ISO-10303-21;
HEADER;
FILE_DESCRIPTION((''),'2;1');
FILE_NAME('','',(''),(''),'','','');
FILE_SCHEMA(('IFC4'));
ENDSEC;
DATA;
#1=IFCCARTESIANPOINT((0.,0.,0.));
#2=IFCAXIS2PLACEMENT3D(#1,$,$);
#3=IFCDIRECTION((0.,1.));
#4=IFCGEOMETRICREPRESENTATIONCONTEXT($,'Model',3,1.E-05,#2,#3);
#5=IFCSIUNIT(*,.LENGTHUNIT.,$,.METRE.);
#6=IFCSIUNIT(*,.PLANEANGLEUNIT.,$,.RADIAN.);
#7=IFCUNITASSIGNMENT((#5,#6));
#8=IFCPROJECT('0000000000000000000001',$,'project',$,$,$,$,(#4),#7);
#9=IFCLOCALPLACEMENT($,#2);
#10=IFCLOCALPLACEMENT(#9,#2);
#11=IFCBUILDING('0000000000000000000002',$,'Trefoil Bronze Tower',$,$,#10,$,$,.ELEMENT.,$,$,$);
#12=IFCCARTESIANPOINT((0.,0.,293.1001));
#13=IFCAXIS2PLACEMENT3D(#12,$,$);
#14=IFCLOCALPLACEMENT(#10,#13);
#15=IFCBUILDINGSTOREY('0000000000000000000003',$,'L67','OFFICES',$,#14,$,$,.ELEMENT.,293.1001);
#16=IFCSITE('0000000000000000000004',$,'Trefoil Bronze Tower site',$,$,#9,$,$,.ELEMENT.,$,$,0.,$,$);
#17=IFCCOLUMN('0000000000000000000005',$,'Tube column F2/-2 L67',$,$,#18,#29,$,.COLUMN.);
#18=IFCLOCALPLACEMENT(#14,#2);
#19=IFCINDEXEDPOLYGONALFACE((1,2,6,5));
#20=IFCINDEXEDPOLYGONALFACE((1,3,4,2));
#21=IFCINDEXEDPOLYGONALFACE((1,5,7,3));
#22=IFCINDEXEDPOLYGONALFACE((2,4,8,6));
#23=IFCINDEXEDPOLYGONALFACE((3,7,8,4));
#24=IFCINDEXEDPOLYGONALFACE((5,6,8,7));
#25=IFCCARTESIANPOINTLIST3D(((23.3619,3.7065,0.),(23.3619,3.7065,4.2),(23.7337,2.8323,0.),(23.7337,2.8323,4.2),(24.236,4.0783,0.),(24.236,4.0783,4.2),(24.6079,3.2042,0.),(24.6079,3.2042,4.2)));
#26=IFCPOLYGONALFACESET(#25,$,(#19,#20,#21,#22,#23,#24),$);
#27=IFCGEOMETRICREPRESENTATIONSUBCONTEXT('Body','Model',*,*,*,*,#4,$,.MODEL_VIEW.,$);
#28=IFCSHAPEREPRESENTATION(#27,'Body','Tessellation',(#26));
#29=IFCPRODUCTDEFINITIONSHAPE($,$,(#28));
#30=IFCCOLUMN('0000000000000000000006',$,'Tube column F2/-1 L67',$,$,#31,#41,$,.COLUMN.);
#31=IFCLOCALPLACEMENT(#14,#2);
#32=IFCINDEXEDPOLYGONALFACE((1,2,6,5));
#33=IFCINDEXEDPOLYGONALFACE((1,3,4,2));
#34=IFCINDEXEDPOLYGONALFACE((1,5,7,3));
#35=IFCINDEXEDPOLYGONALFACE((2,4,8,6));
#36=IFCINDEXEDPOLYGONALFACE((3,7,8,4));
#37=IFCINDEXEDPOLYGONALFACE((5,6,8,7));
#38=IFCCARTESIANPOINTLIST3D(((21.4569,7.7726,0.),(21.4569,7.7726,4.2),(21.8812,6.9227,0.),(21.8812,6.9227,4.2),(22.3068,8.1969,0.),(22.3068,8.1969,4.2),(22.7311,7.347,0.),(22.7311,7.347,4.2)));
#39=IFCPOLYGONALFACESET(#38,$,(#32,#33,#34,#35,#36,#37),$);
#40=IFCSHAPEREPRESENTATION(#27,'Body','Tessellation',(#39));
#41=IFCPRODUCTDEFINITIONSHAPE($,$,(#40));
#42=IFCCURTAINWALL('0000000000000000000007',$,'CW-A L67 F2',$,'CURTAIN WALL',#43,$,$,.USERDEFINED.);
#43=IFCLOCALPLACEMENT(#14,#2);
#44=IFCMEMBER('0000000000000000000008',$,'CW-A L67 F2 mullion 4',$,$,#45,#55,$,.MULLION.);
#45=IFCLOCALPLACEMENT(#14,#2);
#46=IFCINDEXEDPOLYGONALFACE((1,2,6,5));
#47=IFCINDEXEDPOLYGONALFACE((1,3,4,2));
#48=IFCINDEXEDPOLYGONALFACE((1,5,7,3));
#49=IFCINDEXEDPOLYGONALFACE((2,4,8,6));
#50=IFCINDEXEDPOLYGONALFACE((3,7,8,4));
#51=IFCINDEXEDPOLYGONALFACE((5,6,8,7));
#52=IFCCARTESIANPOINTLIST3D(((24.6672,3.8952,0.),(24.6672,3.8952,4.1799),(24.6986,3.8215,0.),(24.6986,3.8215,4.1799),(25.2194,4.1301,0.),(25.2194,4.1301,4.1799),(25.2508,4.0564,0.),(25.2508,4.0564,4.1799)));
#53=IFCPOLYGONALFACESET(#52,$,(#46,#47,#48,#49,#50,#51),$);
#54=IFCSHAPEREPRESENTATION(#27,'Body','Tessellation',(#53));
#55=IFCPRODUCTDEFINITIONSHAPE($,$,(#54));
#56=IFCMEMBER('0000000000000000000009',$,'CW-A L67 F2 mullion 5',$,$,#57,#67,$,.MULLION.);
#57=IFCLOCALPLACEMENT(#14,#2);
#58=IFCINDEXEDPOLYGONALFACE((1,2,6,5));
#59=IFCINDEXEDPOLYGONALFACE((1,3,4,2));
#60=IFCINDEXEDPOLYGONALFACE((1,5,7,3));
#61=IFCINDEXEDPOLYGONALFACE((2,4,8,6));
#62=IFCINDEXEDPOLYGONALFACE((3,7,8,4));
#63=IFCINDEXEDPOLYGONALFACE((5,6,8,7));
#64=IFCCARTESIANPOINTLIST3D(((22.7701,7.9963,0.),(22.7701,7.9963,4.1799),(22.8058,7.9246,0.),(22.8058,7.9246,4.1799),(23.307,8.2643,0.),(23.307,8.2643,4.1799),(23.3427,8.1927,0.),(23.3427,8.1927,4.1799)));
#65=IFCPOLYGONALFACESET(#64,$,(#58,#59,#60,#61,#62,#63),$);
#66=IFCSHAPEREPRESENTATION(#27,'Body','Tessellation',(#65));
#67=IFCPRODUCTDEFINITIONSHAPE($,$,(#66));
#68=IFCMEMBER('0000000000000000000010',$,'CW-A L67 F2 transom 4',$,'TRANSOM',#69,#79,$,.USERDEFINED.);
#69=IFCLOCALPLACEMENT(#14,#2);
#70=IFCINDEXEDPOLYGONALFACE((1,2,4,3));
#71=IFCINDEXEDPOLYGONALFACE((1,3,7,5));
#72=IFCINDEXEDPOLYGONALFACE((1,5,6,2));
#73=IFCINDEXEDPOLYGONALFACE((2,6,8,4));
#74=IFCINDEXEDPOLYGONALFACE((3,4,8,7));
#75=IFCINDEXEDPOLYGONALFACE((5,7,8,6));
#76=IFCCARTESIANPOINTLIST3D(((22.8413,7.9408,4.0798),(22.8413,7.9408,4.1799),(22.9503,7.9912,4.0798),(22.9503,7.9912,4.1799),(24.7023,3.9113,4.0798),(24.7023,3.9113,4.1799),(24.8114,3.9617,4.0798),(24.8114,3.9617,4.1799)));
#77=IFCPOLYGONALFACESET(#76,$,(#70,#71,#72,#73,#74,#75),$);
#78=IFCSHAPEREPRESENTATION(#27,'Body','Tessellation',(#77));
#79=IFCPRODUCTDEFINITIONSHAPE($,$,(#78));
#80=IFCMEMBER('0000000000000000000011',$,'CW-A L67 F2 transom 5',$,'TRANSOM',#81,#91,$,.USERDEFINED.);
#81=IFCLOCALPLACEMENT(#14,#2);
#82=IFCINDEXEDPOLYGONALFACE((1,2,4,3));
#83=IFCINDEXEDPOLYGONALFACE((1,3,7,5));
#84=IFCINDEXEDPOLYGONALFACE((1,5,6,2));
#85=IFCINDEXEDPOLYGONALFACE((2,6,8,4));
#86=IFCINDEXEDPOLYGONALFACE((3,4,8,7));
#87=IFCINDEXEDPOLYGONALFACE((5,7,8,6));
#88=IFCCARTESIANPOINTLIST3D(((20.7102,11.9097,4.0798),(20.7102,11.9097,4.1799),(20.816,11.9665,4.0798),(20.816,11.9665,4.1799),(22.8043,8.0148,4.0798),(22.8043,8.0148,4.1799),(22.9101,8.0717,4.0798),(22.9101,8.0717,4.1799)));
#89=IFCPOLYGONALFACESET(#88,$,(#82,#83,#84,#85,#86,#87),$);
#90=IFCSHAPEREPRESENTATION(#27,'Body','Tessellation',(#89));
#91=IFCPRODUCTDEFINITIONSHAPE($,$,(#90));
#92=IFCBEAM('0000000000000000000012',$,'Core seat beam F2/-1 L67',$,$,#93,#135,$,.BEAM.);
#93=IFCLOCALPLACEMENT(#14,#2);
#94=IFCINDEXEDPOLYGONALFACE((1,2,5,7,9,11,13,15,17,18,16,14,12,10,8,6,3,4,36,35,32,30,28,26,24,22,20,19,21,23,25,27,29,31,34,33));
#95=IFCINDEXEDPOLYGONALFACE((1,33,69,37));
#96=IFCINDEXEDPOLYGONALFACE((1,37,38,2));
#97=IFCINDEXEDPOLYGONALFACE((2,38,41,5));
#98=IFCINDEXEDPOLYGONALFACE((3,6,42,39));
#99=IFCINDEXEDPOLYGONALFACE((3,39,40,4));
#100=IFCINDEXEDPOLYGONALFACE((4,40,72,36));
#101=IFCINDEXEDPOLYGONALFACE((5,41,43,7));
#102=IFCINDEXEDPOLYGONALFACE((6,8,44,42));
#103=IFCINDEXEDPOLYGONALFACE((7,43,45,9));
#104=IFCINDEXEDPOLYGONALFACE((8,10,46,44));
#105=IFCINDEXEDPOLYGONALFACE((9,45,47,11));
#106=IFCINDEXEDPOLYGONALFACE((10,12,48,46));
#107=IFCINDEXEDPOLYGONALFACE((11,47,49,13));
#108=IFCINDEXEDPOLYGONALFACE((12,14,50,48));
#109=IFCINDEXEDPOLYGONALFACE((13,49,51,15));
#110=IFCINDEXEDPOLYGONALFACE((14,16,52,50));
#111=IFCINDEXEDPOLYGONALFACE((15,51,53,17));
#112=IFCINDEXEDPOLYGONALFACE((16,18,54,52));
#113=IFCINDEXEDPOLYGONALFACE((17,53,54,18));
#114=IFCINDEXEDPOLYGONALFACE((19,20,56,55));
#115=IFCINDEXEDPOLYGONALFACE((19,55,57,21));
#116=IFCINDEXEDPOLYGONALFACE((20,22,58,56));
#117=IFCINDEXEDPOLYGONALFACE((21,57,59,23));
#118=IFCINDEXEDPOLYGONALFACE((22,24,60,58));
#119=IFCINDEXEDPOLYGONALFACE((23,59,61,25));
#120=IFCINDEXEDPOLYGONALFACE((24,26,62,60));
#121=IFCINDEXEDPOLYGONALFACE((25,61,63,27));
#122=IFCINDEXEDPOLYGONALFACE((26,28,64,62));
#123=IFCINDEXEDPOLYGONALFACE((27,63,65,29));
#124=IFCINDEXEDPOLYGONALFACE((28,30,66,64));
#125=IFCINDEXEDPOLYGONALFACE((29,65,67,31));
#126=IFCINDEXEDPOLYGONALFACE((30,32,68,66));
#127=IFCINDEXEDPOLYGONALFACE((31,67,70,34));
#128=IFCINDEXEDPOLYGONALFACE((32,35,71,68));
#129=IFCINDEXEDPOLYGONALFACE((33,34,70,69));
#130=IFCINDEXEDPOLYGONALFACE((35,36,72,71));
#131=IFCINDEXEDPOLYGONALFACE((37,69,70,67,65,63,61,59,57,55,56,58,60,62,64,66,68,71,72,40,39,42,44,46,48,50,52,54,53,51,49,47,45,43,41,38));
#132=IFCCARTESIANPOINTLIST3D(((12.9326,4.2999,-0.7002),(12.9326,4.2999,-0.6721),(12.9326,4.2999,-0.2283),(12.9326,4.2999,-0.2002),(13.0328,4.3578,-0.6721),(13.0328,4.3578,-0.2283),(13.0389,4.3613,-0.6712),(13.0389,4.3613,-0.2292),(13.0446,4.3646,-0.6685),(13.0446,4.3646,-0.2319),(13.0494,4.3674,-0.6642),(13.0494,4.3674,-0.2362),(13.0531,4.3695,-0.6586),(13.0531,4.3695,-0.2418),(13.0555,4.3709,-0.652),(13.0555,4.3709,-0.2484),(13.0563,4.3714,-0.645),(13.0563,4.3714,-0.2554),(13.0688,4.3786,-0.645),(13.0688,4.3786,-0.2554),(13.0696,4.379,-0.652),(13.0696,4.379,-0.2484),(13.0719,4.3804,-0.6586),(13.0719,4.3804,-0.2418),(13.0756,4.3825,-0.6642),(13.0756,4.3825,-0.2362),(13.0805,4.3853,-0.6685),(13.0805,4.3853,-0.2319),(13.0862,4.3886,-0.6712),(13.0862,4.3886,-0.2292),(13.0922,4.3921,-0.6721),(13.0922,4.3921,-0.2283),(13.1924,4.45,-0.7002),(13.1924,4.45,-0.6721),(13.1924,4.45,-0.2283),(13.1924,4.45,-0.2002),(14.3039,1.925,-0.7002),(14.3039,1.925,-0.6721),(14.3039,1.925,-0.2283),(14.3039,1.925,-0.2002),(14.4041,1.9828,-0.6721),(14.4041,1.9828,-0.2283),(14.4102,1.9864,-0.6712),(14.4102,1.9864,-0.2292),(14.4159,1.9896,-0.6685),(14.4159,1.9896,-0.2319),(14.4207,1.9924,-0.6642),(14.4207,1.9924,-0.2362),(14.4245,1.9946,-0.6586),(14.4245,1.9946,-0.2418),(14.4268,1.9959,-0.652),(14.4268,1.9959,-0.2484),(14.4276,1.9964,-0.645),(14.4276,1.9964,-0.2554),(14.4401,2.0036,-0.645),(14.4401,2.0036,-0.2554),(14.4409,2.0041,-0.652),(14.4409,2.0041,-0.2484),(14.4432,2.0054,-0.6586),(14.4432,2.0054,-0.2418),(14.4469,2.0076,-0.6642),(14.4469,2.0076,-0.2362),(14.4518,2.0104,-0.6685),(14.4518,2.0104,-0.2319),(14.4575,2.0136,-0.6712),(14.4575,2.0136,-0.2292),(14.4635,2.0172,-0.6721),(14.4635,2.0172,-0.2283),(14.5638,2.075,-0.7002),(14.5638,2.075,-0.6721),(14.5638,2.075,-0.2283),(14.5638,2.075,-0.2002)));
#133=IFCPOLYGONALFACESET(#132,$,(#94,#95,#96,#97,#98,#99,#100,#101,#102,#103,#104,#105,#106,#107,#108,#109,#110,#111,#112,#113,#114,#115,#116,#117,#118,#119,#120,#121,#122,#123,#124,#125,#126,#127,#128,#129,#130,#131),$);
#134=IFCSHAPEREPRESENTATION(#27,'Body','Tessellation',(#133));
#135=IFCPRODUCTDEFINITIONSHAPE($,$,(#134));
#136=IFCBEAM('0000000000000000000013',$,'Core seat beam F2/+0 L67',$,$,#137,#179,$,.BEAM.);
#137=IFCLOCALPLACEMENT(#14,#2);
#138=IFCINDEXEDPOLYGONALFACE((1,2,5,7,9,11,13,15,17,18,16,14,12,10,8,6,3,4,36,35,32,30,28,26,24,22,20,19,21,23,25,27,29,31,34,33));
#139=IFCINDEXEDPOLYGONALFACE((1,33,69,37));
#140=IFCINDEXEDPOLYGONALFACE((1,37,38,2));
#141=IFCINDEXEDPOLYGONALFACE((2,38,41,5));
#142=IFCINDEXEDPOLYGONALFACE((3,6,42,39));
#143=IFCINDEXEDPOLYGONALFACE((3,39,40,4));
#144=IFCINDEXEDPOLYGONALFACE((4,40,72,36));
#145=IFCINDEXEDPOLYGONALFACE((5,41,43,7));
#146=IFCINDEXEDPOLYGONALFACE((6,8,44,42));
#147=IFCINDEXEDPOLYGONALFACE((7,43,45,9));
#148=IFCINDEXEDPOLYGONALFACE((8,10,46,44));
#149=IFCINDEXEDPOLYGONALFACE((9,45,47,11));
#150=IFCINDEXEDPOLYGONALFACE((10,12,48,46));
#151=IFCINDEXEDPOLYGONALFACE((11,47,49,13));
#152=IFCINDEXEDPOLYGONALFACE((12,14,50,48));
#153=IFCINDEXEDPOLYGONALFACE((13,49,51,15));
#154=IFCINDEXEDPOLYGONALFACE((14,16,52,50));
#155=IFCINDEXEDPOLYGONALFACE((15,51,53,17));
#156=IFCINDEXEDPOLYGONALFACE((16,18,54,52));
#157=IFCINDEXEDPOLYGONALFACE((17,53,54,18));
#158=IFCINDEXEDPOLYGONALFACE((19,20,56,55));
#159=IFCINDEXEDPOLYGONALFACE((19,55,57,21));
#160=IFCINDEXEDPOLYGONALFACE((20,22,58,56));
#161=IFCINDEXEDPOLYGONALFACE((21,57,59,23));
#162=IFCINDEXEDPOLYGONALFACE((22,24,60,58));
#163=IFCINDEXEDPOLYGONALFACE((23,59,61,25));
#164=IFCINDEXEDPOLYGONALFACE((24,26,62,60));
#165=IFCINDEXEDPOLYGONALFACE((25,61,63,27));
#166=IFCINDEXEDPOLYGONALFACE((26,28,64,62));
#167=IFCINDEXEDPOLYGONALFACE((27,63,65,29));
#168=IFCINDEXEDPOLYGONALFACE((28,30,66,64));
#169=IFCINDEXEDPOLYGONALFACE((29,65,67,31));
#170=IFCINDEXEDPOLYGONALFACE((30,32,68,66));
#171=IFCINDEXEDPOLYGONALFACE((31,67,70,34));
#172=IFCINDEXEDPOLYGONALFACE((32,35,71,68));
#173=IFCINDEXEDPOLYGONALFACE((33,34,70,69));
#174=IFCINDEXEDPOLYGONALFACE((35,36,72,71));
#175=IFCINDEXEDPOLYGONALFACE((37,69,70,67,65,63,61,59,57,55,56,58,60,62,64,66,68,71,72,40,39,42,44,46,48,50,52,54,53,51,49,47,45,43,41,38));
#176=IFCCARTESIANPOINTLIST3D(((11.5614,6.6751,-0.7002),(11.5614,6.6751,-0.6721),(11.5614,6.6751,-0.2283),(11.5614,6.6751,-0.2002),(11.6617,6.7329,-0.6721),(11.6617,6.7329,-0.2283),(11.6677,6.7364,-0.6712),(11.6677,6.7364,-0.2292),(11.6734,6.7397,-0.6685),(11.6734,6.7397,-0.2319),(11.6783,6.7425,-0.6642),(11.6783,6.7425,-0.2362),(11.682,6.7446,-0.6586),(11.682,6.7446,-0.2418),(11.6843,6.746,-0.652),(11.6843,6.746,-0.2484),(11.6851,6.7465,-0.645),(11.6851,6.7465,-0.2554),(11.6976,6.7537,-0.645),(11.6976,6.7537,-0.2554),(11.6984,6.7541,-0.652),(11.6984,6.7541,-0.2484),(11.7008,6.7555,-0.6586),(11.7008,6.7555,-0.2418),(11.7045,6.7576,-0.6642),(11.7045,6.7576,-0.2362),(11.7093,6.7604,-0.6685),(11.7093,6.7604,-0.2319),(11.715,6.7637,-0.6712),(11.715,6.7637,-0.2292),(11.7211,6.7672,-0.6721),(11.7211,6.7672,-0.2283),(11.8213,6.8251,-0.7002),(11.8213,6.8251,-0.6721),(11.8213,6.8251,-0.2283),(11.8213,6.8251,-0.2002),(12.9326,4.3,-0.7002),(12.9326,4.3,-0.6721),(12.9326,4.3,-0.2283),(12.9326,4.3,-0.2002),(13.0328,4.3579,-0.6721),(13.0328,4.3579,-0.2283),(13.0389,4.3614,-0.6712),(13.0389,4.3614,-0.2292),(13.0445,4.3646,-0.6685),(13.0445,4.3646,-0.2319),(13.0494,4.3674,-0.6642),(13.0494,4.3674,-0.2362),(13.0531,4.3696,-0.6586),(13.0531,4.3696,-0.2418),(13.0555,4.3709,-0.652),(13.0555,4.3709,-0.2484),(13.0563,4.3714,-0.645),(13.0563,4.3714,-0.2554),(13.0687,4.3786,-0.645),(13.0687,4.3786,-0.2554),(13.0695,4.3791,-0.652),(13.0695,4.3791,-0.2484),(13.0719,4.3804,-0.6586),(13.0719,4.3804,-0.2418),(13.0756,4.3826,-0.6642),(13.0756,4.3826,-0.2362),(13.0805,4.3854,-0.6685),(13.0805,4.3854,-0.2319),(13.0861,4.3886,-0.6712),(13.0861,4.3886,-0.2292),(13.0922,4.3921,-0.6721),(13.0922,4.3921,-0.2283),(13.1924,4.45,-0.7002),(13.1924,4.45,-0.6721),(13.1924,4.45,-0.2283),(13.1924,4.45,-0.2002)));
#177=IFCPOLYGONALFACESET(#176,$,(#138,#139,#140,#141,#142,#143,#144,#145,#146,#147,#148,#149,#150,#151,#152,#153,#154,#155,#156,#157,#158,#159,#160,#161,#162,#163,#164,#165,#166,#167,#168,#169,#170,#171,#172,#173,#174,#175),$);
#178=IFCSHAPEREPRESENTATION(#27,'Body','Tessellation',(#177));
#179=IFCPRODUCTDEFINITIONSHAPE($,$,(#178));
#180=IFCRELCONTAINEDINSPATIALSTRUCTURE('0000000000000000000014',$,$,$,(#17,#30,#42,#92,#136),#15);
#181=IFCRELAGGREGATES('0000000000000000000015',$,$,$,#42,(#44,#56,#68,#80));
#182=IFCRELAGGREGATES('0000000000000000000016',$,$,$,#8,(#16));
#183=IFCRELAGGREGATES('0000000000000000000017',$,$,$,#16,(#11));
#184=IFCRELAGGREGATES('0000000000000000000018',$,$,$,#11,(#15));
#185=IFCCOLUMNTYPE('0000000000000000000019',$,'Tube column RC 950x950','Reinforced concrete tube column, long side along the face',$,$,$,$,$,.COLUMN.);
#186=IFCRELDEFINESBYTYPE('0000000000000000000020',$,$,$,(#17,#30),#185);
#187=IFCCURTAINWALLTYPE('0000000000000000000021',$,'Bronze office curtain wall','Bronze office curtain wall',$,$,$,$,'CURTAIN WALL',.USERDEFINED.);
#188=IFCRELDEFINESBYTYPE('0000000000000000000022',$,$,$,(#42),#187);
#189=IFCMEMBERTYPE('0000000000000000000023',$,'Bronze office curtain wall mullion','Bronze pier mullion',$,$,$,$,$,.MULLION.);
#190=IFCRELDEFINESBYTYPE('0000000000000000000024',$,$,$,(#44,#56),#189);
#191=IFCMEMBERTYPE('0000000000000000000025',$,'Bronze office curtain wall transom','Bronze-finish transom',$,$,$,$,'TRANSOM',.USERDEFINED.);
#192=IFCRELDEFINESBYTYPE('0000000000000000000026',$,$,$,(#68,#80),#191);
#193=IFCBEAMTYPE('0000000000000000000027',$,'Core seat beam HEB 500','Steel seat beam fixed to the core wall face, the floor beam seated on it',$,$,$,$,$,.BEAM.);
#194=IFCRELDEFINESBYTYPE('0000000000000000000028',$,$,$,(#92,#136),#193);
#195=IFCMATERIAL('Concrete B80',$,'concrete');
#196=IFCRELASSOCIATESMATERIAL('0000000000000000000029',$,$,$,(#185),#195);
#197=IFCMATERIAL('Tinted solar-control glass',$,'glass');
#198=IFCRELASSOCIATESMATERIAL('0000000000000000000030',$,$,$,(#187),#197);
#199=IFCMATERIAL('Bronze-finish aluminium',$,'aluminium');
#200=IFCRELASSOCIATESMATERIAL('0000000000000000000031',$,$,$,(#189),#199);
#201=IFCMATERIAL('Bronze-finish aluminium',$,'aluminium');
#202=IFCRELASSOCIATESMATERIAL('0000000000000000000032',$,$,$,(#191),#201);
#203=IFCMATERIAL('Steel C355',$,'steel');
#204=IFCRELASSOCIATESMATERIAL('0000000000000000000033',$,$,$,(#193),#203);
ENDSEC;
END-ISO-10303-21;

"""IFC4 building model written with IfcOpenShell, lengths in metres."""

from ifc_helpers import new_model, si_unit, direction, frame, origin, origin_2d, place, context, subcontext, project, spatial, rectangle, i_section, extrude, material, material_profile, profile_set, type_object, element, aggregate, save


model = new_model("IFC4")

# Units and contexts
model_context = context("Model", 3, precision=1e-05, world=origin(), true_north=direction((0.0, 1.0)))
body_context = subcontext(model_context, "Body", "Model", "MODEL_VIEW")
ifc_project = project(units=[si_unit("LENGTHUNIT", "METRE"), si_unit("PLANEANGLEUNIT", "RADIAN")], contexts=[model_context])

# Site, building, storey
site_placement = place(None, origin())
site = spatial("IfcSite", under=ifc_project, at=site_placement, Name="Trefoil Bronze Tower site", CompositionType="ELEMENT", RefElevation=0.0)
building_placement = place(site_placement, origin())
building = spatial("IfcBuilding", under=site, at=building_placement, Name="Trefoil Bronze Tower", CompositionType="ELEMENT")
storey_placement = place(building_placement, frame((0.0, 0.0, 293.1001)))
storey = spatial("IfcBuildingStorey", under=building, at=storey_placement, Name="L67", Description="OFFICES", CompositionType="ELEMENT", Elevation=293.1001)

# Columns
ifc_material_1 = material(Name="Concrete B80", Category="concrete")
ifc_material_profile_1 = material_profile(ifc_material_1, rectangle(XDim=0.95, YDim=0.95, at=origin_2d()), Name="RC 950x950")
ifc_profile_set_1 = profile_set([ifc_material_profile_1], Name="Concrete B80")
column_type = type_object("IfcColumnType", Name="Tube column RC 950x950", Description="Reinforced concrete tube column, long side along the face", PredefinedType="COLUMN", material=ifc_profile_set_1)
for number, where, z_axis, x_axis, name in (
    (1, (23.9849, 3.4553, 0.0), (0.0, 0.0, 1.0), (-0.391436, 0.920205, 0.0), "Tube column F2/-2 L67"),
    (2, (22.094, 7.5598, 0.0), (0.0, 0.0, 1.0), (-0.446641, 0.894713, 0.0), "Tube column F2/-1 L67"),
):
    element("IfcColumn", number, at=place(storey_placement, frame(where, z_axis=z_axis, x_axis=x_axis)), inside=storey, type_object=column_type, Name=name, PredefinedType="COLUMN", context=body_context, shape_type="SweptSolid", body=[
        extrude(rectangle(XDim=0.95, YDim=0.95, at=origin_2d()), origin(), (0.0, 0.0, 1.0), 4.2),
    ])

# Curtain wall, members
ifc_material_2 = material(Name="Tinted solar-control glass", Category="glass")
curtain_wall_type = type_object("IfcCurtainWallType", Name="Bronze office curtain wall", Description="Bronze office curtain wall", ElementType="CURTAIN WALL", PredefinedType="USERDEFINED", material=ifc_material_2)
curtain_wall_placement = place(storey_placement, origin())
curtain_wall = element("IfcCurtainWall", 3, at=curtain_wall_placement, inside=storey, type_object=curtain_wall_type, Name="CW-A L67 F2", ObjectType="CURTAIN WALL", PredefinedType="USERDEFINED")
ifc_material_3 = material(Name="Bronze-finish aluminium", Category="aluminium")
ifc_material_profile_2 = material_profile(ifc_material_3, rectangle(XDim=0.6001, YDim=0.0801, at=origin_2d()), Name="CW-A mullion")
ifc_profile_set_2 = profile_set([ifc_material_profile_2], Name="Bronze-finish aluminium")
member_type_1 = type_object("IfcMemberType", Name="Bronze office curtain wall mullion", Description="Bronze pier mullion", PredefinedType="MULLION", material=ifc_profile_set_2)
member_1_placement = place(storey_placement, frame((24.959, 3.9758, 0.0), z_axis=(0.0, 0.0, 1.0), x_axis=(-0.920205, -0.391436, 0.0)))
member_1 = element("IfcMember", 4, at=member_1_placement, type_object=member_type_1, Name="CW-A L67 F2 mullion 4", PredefinedType="MULLION", context=body_context, shape_type="SweptSolid", body=[
    extrude(rectangle(XDim=0.6001, YDim=0.0801, at=origin_2d()), origin(), (0.0, 0.0, 1.0), 4.1799),
])
member_2_placement = place(storey_placement, frame((23.0564, 8.0945, 0.0), z_axis=(0.0, 0.0, 1.0), x_axis=(-0.894713, -0.446641, 0.0)))
member_2 = element("IfcMember", 5, at=member_2_placement, type_object=member_type_1, Name="CW-A L67 F2 mullion 5", PredefinedType="MULLION", context=body_context, shape_type="SweptSolid", body=[
    extrude(rectangle(XDim=0.6001, YDim=0.0801, at=origin_2d()), origin(), (0.0, 0.0, 1.0), 4.1799),
])
ifc_material_4 = material(Name="Bronze-finish aluminium", Category="aluminium")
ifc_material_profile_3 = material_profile(ifc_material_4, rectangle(XDim=0.1201, YDim=0.1001, at=origin_2d()), Name="CW-A transom")
ifc_profile_set_3 = profile_set([ifc_material_profile_3], Name="Bronze-finish aluminium")
member_type_2 = type_object("IfcMemberType", Name="Bronze office curtain wall transom", Description="Bronze-finish transom", ElementType="TRANSOM", PredefinedType="USERDEFINED", material=ifc_profile_set_3)
member_3_placement = place(storey_placement, frame((24.7568, 3.9365, 4.1299), z_axis=(-0.419299, 0.907848, 0.0), x_axis=(-0.907848, -0.419299, 0.0)))
member_3 = element("IfcMember", 6, at=member_3_placement, type_object=member_type_2, Name="CW-A L67 F2 transom 4", ObjectType="TRANSOM", PredefinedType="USERDEFINED", context=body_context, shape_type="SweptSolid", body=[
    extrude(rectangle(XDim=0.1201, YDim=0.1001, at=origin_2d()), origin(), (0.0, 0.0, 1.0), 4.4385),
])
member_4_placement = place(storey_placement, frame((22.8572, 8.0432, 4.1299), z_axis=(-0.47354, 0.880772, 0.0), x_axis=(-0.880772, -0.47354, 0.0)))
member_4 = element("IfcMember", 7, at=member_4_placement, type_object=member_type_2, Name="CW-A L67 F2 transom 5", ObjectType="TRANSOM", PredefinedType="USERDEFINED", context=body_context, shape_type="SweptSolid", body=[
    extrude(rectangle(XDim=0.1201, YDim=0.1001, at=origin_2d()), origin(), (0.0, 0.0, 1.0), 4.4221),
])

# Beams
ifc_material_5 = material(Name="Steel C355", Category="steel")
ifc_material_profile_4 = material_profile(ifc_material_5, i_section(OverallWidth=0.3, OverallDepth=0.5, WebThickness=0.0144, FlangeThickness=0.0281, FilletRadius=0.0271, at=origin_2d()), Name="HEB 500")
ifc_profile_set_4 = profile_set([ifc_material_profile_4], Name="Steel C355")
beam_type_1 = type_object("IfcBeamType", Name="Core seat beam HEB 500", Description="Steel seat beam fixed to the core wall face, the floor beam seated on it", PredefinedType="BEAM", material=ifc_profile_set_4)
for number, where, z_axis, x_axis, name in (
    (8, (14.4338, 2.0, -0.4502), (-0.500036, 0.866005, 0.0), (-0.866005, -0.500036, 0.0), "Core seat beam F2/-1 L67"),
    (9, (13.0625, 4.375, -0.4502), (-0.499969, 0.866043, 0.0), (-0.866043, -0.499969, 0.0), "Core seat beam F2/+0 L67"),
):
    element("IfcBeam", number, at=place(storey_placement, frame(where, z_axis=z_axis, x_axis=x_axis)), inside=storey, type_object=beam_type_1, Name=name, PredefinedType="BEAM", context=body_context, shape_type="SweptSolid", body=[
        extrude(i_section(OverallWidth=0.3, OverallDepth=0.5, WebThickness=0.0144, FlangeThickness=0.0281, FilletRadius=0.0271, at=origin_2d()), origin(), (0.0, 0.0, 1.0), 2.7424),
    ])

aggregate(curtain_wall, [member_1, member_2, member_3, member_4])

save(model, "model.ifc")
